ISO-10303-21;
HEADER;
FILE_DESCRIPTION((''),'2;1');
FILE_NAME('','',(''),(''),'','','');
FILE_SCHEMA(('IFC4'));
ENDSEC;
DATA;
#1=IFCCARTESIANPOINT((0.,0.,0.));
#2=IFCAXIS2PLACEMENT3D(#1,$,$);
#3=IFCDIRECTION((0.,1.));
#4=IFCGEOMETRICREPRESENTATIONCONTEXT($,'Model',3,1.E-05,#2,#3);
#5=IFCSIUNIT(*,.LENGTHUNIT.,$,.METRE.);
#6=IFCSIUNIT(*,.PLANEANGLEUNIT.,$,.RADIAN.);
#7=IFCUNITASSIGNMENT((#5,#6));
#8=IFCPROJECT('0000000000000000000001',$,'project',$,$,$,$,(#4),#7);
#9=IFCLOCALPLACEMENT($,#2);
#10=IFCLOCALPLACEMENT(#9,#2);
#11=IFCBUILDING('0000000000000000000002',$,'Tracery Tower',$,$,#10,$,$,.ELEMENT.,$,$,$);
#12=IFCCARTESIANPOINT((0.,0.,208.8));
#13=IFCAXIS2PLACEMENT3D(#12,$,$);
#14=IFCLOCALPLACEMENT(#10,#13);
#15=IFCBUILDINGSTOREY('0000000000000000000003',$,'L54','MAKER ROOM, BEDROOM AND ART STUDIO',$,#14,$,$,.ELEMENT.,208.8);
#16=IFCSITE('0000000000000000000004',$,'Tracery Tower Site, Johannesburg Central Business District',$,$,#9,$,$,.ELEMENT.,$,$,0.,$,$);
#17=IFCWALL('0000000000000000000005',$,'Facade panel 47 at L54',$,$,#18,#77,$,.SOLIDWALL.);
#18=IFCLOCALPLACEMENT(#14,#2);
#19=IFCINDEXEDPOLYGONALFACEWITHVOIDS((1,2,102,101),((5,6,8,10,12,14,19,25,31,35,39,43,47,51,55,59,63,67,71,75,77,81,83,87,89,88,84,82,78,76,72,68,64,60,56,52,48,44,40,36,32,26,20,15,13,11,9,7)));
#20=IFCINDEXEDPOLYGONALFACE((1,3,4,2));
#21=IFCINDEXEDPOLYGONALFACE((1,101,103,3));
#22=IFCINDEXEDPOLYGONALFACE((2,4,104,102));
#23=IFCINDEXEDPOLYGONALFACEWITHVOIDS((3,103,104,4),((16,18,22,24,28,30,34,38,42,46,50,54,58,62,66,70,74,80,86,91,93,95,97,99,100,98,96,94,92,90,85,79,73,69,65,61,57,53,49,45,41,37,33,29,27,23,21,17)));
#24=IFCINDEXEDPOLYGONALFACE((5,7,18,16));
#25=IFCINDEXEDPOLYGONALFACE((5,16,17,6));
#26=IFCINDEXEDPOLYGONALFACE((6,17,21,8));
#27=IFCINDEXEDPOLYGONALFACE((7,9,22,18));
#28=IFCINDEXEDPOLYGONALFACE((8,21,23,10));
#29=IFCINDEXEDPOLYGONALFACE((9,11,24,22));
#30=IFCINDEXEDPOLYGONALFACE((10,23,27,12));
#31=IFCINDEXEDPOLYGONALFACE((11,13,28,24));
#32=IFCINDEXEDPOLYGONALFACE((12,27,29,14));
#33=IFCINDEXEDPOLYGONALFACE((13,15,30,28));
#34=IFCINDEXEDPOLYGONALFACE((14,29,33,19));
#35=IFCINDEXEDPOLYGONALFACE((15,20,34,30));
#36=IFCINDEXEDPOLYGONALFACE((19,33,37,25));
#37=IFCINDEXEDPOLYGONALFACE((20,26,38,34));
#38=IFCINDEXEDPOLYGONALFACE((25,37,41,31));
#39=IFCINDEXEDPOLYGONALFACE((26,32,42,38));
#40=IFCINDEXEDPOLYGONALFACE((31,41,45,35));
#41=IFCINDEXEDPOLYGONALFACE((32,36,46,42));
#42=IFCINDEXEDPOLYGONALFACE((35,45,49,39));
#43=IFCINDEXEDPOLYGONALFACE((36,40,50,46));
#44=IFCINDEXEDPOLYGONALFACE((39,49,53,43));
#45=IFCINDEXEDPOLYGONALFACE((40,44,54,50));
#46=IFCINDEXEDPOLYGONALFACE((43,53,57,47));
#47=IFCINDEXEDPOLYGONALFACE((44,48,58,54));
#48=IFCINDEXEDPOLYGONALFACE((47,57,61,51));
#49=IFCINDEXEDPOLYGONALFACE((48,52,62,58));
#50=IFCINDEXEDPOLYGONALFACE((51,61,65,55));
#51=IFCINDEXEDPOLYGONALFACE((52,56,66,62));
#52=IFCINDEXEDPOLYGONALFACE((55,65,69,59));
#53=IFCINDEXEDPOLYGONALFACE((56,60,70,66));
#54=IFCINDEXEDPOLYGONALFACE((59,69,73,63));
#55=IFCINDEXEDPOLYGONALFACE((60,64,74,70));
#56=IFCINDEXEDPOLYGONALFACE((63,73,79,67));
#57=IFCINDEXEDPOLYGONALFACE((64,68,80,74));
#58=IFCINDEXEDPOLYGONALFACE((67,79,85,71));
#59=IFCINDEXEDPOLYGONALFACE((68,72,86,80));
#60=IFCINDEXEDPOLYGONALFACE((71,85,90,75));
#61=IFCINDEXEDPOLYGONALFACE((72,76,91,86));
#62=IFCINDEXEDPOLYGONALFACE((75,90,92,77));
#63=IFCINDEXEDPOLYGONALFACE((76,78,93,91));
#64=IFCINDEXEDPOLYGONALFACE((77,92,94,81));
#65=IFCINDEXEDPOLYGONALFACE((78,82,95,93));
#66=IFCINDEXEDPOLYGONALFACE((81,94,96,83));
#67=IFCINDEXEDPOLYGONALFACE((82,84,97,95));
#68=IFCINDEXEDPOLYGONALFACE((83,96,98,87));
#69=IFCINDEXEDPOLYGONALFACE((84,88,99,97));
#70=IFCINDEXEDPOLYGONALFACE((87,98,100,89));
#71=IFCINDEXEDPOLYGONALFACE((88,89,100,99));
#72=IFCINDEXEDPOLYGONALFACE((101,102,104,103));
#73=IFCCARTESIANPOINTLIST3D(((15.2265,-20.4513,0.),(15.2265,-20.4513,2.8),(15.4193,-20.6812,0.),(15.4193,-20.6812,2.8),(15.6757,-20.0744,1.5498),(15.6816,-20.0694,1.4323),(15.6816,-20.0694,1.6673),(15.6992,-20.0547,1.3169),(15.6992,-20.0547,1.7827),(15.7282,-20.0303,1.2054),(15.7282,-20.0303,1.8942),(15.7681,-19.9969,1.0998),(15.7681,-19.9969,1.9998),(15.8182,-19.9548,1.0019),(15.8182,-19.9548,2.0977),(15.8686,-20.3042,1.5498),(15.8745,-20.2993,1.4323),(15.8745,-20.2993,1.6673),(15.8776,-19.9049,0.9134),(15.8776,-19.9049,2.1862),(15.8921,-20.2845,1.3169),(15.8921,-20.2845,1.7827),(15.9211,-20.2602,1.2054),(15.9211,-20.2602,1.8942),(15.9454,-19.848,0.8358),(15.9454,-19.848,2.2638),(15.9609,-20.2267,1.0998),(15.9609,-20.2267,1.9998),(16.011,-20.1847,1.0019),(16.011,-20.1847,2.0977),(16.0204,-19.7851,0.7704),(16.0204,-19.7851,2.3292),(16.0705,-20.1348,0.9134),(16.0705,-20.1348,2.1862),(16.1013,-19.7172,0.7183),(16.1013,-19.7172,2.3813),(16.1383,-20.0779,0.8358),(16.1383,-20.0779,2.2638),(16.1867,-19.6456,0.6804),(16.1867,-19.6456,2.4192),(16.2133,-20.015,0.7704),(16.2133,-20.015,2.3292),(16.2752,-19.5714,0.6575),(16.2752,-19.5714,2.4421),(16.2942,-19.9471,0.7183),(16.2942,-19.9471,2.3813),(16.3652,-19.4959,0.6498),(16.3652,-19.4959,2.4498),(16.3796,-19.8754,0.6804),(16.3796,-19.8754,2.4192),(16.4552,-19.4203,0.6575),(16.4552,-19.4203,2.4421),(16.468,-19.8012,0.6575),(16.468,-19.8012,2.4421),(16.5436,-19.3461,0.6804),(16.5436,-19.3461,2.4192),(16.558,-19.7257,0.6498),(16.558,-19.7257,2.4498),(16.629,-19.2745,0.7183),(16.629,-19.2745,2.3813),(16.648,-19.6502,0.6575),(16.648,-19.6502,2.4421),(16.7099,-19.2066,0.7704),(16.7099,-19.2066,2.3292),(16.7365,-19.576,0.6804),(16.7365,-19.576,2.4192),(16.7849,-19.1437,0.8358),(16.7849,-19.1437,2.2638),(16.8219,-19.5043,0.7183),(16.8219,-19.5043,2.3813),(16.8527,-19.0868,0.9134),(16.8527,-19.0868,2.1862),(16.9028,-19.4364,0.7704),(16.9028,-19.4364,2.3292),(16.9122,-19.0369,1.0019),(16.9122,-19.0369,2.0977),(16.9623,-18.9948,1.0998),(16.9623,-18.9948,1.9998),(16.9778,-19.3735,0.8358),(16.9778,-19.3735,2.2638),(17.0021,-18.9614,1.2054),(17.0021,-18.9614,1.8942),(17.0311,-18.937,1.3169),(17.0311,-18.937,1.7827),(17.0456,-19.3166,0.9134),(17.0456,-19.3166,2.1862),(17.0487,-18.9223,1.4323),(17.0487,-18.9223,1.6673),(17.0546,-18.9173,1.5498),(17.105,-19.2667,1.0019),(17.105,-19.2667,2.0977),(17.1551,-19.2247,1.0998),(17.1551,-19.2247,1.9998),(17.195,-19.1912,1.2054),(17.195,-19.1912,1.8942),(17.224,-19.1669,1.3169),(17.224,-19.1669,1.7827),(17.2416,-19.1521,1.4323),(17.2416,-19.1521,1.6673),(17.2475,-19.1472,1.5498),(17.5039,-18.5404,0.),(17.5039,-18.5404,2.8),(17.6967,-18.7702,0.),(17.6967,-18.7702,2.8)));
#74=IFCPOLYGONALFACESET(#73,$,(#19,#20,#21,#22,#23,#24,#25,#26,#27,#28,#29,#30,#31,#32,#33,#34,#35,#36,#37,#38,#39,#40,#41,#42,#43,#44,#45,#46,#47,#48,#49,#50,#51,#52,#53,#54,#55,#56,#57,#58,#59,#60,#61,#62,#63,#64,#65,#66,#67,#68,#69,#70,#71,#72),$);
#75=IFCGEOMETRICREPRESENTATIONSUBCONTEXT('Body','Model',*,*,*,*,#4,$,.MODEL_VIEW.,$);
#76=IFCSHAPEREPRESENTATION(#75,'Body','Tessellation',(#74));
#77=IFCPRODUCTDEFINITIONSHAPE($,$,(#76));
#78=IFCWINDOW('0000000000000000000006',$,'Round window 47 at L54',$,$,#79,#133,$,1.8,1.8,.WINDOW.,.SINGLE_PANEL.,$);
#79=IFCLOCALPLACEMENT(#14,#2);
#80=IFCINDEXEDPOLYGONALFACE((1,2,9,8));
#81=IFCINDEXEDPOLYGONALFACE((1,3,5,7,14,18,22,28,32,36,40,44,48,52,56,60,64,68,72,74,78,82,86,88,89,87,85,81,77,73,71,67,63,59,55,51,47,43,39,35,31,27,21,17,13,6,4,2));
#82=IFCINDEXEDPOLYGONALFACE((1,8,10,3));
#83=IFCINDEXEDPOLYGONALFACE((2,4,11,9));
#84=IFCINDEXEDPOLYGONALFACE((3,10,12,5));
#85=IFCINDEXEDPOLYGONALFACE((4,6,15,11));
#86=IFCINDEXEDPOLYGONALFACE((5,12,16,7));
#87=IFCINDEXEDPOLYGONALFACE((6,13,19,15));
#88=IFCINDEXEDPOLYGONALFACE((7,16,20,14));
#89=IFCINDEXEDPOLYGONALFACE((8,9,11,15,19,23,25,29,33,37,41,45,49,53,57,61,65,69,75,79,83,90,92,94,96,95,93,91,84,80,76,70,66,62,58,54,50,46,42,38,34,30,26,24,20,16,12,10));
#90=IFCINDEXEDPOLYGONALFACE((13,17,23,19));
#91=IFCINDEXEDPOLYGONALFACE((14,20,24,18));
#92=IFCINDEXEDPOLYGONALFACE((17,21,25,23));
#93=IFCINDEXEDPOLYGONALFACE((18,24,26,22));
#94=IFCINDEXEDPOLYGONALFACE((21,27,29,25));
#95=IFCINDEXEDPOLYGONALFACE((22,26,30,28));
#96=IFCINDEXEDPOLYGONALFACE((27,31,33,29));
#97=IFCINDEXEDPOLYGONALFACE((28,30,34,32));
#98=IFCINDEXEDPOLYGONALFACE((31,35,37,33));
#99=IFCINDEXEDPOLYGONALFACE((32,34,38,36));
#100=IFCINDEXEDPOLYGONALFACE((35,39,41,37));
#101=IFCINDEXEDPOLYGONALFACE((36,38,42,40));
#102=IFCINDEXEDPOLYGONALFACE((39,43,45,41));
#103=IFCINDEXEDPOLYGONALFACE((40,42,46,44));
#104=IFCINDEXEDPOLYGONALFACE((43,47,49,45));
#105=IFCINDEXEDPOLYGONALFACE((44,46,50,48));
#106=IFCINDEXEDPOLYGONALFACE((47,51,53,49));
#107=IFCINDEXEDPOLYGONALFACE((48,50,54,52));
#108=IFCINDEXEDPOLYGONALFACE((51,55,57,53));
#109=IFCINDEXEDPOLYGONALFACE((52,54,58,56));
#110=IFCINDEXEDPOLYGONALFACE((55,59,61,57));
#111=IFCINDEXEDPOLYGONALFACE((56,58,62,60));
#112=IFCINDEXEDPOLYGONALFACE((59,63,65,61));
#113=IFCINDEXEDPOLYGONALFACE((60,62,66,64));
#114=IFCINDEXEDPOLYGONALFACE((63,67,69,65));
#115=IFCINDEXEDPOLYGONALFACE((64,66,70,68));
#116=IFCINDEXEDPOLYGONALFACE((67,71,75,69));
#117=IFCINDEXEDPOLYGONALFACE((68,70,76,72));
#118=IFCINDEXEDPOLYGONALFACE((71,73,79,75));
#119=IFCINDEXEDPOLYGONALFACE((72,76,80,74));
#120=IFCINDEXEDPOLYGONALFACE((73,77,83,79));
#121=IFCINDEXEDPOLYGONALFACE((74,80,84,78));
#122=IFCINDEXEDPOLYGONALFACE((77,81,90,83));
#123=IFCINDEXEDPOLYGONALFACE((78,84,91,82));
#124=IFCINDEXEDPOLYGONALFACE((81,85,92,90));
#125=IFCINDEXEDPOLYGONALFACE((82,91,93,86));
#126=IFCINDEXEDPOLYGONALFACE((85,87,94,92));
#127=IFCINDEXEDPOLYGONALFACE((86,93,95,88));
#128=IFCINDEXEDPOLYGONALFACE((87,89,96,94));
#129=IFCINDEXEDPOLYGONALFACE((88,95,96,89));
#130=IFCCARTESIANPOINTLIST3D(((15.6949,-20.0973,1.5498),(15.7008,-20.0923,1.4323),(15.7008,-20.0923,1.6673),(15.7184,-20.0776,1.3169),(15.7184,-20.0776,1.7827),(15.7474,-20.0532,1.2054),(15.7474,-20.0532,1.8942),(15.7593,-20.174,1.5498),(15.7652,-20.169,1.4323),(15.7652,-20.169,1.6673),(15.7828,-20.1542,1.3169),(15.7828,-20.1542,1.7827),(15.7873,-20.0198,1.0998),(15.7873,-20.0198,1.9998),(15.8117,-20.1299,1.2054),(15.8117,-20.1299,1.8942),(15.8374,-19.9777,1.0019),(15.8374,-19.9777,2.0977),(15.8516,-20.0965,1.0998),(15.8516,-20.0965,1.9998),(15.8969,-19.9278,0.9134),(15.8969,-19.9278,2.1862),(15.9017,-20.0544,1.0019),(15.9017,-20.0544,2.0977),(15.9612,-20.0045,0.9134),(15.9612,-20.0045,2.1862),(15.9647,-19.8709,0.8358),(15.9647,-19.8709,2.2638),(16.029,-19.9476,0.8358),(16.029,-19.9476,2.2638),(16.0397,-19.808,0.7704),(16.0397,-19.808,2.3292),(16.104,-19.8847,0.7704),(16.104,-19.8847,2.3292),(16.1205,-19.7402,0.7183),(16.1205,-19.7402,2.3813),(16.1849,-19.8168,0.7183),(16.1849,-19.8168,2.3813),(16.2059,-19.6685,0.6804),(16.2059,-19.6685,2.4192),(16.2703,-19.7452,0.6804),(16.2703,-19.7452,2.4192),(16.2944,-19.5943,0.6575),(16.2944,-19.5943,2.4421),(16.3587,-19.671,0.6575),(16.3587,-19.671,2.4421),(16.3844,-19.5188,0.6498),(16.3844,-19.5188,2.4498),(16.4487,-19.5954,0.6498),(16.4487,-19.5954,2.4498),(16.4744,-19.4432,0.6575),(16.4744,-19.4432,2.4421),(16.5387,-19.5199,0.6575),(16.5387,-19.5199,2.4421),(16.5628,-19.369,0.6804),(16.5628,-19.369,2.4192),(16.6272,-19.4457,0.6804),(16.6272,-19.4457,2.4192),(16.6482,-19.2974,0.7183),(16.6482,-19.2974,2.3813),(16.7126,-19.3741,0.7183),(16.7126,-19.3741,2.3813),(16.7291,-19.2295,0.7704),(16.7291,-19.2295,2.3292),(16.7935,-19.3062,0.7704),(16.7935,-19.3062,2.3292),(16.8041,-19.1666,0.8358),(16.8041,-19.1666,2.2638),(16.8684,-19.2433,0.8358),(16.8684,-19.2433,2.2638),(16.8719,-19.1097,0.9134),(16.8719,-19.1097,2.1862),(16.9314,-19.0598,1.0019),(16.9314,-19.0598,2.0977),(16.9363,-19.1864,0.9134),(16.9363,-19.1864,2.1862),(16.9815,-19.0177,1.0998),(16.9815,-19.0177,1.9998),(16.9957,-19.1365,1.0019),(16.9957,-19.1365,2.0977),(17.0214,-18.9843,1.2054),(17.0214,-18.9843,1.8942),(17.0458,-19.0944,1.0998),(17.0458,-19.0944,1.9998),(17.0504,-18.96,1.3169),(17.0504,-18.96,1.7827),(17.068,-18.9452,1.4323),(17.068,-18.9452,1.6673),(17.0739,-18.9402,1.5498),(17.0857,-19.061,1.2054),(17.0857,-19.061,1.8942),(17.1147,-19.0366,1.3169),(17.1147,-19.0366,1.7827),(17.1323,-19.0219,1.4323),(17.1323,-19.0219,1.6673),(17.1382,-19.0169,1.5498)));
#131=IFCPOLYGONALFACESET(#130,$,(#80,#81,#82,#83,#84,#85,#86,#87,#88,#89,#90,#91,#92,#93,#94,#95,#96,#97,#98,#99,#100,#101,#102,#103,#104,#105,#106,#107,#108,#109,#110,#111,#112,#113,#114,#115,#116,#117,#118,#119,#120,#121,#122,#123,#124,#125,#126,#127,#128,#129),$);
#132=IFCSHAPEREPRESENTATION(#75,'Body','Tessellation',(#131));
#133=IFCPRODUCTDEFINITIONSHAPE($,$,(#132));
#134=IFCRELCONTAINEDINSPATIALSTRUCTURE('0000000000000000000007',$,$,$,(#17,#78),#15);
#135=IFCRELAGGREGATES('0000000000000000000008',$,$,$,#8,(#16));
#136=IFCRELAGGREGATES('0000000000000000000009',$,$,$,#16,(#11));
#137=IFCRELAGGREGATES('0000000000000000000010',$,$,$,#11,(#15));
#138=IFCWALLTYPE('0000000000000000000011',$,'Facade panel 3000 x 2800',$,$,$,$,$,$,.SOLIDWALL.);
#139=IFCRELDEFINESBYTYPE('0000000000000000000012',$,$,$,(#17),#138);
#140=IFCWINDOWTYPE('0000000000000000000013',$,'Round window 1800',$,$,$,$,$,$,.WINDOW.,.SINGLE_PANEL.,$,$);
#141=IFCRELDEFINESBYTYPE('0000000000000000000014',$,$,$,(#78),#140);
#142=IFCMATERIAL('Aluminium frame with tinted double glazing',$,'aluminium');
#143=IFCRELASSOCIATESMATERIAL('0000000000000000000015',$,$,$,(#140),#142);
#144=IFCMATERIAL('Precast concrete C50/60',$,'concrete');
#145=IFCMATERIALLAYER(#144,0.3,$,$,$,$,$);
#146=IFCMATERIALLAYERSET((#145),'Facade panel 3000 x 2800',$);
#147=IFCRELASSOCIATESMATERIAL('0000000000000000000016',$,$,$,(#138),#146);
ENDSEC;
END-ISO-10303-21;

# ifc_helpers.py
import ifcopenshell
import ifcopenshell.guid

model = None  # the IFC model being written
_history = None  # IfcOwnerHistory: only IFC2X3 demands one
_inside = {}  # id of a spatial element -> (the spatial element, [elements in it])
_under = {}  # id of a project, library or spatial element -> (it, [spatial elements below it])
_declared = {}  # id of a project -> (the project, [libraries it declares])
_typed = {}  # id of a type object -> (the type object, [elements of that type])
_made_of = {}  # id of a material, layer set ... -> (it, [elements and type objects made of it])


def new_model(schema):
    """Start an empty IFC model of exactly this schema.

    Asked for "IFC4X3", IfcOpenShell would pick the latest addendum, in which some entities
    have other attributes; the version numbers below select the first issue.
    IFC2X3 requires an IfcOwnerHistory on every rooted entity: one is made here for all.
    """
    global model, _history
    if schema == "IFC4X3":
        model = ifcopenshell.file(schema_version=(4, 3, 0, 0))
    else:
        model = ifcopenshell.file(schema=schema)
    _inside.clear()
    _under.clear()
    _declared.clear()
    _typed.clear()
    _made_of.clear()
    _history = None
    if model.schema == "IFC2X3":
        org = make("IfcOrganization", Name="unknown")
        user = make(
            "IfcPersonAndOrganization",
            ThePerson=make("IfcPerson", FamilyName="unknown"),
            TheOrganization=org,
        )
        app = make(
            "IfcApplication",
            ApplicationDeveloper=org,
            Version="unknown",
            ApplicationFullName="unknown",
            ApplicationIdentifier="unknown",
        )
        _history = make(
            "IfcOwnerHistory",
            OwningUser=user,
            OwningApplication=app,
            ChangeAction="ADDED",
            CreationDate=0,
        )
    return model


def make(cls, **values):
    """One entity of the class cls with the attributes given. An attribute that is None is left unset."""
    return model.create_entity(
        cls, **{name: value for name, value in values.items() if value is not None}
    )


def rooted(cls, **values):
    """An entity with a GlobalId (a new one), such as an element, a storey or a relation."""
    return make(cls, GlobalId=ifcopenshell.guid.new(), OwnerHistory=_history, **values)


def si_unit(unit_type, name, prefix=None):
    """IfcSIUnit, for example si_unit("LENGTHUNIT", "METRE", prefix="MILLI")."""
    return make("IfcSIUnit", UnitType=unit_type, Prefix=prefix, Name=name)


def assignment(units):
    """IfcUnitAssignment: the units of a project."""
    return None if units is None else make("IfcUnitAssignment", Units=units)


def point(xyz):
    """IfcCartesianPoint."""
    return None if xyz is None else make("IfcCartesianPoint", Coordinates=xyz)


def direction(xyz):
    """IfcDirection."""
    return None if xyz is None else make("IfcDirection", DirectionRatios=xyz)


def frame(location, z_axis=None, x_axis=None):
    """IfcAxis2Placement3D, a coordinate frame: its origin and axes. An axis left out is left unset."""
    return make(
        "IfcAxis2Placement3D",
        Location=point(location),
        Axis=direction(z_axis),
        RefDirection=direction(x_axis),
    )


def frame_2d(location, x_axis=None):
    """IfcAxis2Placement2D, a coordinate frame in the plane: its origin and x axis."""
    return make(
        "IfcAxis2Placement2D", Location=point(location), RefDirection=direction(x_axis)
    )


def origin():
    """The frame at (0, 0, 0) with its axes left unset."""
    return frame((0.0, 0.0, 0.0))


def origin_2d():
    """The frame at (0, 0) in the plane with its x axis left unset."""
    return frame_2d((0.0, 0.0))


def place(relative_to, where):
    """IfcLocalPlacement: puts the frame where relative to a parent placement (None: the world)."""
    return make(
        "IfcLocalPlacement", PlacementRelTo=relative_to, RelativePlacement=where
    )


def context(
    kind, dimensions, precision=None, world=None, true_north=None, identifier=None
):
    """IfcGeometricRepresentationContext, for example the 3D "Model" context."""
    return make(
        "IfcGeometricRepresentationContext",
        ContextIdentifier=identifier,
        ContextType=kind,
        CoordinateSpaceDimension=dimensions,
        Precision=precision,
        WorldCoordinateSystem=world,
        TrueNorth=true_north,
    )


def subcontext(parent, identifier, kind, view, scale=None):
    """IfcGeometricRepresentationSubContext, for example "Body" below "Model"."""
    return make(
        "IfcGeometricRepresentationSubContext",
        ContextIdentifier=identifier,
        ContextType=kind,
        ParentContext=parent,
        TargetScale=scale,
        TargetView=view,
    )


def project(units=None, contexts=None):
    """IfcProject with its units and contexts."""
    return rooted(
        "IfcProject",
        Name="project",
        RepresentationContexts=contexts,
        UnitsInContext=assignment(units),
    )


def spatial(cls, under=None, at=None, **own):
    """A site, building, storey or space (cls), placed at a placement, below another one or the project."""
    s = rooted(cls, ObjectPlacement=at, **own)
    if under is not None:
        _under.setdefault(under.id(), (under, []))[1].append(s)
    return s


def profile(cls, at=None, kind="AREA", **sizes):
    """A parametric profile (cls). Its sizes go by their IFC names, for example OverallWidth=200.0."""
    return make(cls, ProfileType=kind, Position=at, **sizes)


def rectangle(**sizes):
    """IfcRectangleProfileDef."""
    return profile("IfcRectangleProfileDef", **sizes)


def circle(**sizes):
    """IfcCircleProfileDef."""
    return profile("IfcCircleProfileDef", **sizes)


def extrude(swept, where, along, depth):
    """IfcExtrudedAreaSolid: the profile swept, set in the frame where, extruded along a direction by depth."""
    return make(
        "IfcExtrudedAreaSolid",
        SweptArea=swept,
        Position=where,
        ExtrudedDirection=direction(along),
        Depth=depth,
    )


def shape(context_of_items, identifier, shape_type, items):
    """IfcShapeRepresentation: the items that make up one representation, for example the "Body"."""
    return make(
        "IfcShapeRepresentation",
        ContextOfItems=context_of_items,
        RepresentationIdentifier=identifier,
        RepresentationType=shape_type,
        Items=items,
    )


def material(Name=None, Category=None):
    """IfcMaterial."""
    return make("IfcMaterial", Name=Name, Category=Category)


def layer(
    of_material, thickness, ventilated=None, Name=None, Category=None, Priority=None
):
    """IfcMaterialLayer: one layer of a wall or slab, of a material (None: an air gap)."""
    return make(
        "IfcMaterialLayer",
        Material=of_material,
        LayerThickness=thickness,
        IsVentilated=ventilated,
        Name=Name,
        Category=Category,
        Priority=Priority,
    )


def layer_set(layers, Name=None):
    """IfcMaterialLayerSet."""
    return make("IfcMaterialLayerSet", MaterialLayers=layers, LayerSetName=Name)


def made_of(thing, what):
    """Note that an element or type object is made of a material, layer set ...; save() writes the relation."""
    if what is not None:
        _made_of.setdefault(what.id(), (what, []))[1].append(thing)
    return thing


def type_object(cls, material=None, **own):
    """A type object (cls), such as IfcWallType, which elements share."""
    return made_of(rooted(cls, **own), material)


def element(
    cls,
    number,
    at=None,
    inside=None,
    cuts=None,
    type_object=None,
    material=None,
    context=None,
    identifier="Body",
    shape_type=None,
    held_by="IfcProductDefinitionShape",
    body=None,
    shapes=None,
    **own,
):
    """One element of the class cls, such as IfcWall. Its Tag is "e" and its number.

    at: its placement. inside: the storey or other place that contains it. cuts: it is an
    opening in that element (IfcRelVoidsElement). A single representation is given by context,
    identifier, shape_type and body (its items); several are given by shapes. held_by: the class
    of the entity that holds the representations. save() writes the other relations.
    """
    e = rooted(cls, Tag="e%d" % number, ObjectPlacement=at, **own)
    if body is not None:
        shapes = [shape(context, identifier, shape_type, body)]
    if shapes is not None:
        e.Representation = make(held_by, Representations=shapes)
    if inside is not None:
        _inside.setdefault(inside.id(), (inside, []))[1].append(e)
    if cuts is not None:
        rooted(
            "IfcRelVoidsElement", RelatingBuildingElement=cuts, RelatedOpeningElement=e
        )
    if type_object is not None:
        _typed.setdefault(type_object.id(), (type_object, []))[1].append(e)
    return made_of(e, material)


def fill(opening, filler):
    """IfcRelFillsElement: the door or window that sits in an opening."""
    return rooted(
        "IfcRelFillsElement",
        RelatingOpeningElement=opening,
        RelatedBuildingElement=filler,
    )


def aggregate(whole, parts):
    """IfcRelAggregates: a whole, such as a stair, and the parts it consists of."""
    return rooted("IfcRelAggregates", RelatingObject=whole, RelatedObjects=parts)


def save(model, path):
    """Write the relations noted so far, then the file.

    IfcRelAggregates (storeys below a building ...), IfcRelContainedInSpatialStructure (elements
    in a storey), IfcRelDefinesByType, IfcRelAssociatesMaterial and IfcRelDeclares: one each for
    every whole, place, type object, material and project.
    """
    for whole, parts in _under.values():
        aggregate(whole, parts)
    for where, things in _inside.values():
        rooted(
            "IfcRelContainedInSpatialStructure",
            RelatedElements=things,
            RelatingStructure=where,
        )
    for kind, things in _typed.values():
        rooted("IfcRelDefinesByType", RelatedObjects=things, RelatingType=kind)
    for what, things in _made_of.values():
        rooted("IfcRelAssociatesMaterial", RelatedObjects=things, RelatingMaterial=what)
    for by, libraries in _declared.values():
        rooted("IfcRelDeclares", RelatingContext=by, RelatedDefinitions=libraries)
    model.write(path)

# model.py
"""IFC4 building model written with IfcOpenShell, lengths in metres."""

from ifc_helpers import new_model, si_unit, direction, frame, frame_2d, origin, origin_2d, place, context, subcontext, project, spatial, rectangle, circle, extrude, material, layer, layer_set, type_object, element, fill, save


model = new_model("IFC4")

# Units and contexts
model_context = context("Model", 3, precision=1e-05, world=origin(), true_north=direction((0.0, 1.0)))
body_context = subcontext(model_context, "Body", "Model", "MODEL_VIEW")
ifc_project = project(units=[si_unit("LENGTHUNIT", "METRE"), si_unit("PLANEANGLEUNIT", "RADIAN")], contexts=[model_context])

# Site, building, storey
site_placement = place(None, origin())
site = spatial("IfcSite", under=ifc_project, at=site_placement, Name="Tracery Tower Site, Johannesburg Central Business District", CompositionType="ELEMENT", RefElevation=0.0)
building_placement = place(site_placement, origin())
building = spatial("IfcBuilding", under=site, at=building_placement, Name="Tracery Tower", CompositionType="ELEMENT")
storey_placement = place(building_placement, frame((0.0, 0.0, 208.8)))
storey = spatial("IfcBuildingStorey", under=building, at=storey_placement, Name="L54", Description="MAKER ROOM, BEDROOM AND ART STUDIO", CompositionType="ELEMENT", Elevation=208.8)

# Wall, opening, window
ifc_material_1 = material(Name="Aluminium frame with tinted double glazing", Category="aluminium")
window_type = type_object("IfcWindowType", Name="Round window 1800", PartitioningType="SINGLE_PANEL", PredefinedType="WINDOW", material=ifc_material_1)
ifc_material_2 = material(Name="Precast concrete C50/60", Category="concrete")
ifc_layer_1 = layer(ifc_material_2, 0.3)
ifc_layer_set_1 = layer_set([ifc_layer_1], Name="Facade panel 3000 x 2800")
wall_type_1 = type_object("IfcWallType", Name="Facade panel 3000 x 2800", PredefinedType="SOLIDWALL", material=ifc_layer_set_1)
wall_1_placement = place(storey_placement, frame((15.323, -20.5662, 0.0), z_axis=(0.0, 0.0, 1.0), x_axis=(0.766049, 0.642782, 0.0)))
wall_1 = element("IfcWall", 1, at=wall_1_placement, inside=storey, type_object=wall_type_1, Name="Facade panel 47 at L54", PredefinedType="SOLIDWALL", context=body_context, shape_type="SweptSolid", body=[
    extrude(rectangle(XDim=2.9729, YDim=0.3, at=frame_2d((1.4863, 0.0))), origin(), (0.0, 0.0, 1.0), 2.8),
])
opening_1_placement = place(wall_1_placement, frame((1.4863, 0.0, 1.5498)))
opening_1 = element("IfcOpeningElement", 2, at=opening_1_placement, cuts=wall_1, PredefinedType="OPENING", context=body_context, shape_type="SweptSolid", body=[
    extrude(circle(Radius=0.9, at=origin_2d()), frame((0.0, 0.1599, 0.0), z_axis=(0.0, -1.0, 0.0), x_axis=(1.0, 0.0, 0.0)), (0.0, 0.0, 1.0), 0.3201),
])
window_1_placement = place(opening_1_placement, origin())
window_1 = element("IfcWindow", 3, at=window_1_placement, inside=storey, type_object=window_type, Name="Round window 47 at L54", OverallHeight=1.8, OverallWidth=1.8, PartitioningType="SINGLE_PANEL", PredefinedType="WINDOW", context=body_context, shape_type="SweptSolid", body=[
    extrude(circle(Radius=0.9, at=origin_2d()), frame((0.0, 0.1201, 0.0), z_axis=(0.0, -1.0, 0.0), x_axis=(1.0, 0.0, 0.0)), (0.0, 0.0, 1.0), 0.1001),
])
fill(opening_1, window_1)

save(model, "model.ifc")
